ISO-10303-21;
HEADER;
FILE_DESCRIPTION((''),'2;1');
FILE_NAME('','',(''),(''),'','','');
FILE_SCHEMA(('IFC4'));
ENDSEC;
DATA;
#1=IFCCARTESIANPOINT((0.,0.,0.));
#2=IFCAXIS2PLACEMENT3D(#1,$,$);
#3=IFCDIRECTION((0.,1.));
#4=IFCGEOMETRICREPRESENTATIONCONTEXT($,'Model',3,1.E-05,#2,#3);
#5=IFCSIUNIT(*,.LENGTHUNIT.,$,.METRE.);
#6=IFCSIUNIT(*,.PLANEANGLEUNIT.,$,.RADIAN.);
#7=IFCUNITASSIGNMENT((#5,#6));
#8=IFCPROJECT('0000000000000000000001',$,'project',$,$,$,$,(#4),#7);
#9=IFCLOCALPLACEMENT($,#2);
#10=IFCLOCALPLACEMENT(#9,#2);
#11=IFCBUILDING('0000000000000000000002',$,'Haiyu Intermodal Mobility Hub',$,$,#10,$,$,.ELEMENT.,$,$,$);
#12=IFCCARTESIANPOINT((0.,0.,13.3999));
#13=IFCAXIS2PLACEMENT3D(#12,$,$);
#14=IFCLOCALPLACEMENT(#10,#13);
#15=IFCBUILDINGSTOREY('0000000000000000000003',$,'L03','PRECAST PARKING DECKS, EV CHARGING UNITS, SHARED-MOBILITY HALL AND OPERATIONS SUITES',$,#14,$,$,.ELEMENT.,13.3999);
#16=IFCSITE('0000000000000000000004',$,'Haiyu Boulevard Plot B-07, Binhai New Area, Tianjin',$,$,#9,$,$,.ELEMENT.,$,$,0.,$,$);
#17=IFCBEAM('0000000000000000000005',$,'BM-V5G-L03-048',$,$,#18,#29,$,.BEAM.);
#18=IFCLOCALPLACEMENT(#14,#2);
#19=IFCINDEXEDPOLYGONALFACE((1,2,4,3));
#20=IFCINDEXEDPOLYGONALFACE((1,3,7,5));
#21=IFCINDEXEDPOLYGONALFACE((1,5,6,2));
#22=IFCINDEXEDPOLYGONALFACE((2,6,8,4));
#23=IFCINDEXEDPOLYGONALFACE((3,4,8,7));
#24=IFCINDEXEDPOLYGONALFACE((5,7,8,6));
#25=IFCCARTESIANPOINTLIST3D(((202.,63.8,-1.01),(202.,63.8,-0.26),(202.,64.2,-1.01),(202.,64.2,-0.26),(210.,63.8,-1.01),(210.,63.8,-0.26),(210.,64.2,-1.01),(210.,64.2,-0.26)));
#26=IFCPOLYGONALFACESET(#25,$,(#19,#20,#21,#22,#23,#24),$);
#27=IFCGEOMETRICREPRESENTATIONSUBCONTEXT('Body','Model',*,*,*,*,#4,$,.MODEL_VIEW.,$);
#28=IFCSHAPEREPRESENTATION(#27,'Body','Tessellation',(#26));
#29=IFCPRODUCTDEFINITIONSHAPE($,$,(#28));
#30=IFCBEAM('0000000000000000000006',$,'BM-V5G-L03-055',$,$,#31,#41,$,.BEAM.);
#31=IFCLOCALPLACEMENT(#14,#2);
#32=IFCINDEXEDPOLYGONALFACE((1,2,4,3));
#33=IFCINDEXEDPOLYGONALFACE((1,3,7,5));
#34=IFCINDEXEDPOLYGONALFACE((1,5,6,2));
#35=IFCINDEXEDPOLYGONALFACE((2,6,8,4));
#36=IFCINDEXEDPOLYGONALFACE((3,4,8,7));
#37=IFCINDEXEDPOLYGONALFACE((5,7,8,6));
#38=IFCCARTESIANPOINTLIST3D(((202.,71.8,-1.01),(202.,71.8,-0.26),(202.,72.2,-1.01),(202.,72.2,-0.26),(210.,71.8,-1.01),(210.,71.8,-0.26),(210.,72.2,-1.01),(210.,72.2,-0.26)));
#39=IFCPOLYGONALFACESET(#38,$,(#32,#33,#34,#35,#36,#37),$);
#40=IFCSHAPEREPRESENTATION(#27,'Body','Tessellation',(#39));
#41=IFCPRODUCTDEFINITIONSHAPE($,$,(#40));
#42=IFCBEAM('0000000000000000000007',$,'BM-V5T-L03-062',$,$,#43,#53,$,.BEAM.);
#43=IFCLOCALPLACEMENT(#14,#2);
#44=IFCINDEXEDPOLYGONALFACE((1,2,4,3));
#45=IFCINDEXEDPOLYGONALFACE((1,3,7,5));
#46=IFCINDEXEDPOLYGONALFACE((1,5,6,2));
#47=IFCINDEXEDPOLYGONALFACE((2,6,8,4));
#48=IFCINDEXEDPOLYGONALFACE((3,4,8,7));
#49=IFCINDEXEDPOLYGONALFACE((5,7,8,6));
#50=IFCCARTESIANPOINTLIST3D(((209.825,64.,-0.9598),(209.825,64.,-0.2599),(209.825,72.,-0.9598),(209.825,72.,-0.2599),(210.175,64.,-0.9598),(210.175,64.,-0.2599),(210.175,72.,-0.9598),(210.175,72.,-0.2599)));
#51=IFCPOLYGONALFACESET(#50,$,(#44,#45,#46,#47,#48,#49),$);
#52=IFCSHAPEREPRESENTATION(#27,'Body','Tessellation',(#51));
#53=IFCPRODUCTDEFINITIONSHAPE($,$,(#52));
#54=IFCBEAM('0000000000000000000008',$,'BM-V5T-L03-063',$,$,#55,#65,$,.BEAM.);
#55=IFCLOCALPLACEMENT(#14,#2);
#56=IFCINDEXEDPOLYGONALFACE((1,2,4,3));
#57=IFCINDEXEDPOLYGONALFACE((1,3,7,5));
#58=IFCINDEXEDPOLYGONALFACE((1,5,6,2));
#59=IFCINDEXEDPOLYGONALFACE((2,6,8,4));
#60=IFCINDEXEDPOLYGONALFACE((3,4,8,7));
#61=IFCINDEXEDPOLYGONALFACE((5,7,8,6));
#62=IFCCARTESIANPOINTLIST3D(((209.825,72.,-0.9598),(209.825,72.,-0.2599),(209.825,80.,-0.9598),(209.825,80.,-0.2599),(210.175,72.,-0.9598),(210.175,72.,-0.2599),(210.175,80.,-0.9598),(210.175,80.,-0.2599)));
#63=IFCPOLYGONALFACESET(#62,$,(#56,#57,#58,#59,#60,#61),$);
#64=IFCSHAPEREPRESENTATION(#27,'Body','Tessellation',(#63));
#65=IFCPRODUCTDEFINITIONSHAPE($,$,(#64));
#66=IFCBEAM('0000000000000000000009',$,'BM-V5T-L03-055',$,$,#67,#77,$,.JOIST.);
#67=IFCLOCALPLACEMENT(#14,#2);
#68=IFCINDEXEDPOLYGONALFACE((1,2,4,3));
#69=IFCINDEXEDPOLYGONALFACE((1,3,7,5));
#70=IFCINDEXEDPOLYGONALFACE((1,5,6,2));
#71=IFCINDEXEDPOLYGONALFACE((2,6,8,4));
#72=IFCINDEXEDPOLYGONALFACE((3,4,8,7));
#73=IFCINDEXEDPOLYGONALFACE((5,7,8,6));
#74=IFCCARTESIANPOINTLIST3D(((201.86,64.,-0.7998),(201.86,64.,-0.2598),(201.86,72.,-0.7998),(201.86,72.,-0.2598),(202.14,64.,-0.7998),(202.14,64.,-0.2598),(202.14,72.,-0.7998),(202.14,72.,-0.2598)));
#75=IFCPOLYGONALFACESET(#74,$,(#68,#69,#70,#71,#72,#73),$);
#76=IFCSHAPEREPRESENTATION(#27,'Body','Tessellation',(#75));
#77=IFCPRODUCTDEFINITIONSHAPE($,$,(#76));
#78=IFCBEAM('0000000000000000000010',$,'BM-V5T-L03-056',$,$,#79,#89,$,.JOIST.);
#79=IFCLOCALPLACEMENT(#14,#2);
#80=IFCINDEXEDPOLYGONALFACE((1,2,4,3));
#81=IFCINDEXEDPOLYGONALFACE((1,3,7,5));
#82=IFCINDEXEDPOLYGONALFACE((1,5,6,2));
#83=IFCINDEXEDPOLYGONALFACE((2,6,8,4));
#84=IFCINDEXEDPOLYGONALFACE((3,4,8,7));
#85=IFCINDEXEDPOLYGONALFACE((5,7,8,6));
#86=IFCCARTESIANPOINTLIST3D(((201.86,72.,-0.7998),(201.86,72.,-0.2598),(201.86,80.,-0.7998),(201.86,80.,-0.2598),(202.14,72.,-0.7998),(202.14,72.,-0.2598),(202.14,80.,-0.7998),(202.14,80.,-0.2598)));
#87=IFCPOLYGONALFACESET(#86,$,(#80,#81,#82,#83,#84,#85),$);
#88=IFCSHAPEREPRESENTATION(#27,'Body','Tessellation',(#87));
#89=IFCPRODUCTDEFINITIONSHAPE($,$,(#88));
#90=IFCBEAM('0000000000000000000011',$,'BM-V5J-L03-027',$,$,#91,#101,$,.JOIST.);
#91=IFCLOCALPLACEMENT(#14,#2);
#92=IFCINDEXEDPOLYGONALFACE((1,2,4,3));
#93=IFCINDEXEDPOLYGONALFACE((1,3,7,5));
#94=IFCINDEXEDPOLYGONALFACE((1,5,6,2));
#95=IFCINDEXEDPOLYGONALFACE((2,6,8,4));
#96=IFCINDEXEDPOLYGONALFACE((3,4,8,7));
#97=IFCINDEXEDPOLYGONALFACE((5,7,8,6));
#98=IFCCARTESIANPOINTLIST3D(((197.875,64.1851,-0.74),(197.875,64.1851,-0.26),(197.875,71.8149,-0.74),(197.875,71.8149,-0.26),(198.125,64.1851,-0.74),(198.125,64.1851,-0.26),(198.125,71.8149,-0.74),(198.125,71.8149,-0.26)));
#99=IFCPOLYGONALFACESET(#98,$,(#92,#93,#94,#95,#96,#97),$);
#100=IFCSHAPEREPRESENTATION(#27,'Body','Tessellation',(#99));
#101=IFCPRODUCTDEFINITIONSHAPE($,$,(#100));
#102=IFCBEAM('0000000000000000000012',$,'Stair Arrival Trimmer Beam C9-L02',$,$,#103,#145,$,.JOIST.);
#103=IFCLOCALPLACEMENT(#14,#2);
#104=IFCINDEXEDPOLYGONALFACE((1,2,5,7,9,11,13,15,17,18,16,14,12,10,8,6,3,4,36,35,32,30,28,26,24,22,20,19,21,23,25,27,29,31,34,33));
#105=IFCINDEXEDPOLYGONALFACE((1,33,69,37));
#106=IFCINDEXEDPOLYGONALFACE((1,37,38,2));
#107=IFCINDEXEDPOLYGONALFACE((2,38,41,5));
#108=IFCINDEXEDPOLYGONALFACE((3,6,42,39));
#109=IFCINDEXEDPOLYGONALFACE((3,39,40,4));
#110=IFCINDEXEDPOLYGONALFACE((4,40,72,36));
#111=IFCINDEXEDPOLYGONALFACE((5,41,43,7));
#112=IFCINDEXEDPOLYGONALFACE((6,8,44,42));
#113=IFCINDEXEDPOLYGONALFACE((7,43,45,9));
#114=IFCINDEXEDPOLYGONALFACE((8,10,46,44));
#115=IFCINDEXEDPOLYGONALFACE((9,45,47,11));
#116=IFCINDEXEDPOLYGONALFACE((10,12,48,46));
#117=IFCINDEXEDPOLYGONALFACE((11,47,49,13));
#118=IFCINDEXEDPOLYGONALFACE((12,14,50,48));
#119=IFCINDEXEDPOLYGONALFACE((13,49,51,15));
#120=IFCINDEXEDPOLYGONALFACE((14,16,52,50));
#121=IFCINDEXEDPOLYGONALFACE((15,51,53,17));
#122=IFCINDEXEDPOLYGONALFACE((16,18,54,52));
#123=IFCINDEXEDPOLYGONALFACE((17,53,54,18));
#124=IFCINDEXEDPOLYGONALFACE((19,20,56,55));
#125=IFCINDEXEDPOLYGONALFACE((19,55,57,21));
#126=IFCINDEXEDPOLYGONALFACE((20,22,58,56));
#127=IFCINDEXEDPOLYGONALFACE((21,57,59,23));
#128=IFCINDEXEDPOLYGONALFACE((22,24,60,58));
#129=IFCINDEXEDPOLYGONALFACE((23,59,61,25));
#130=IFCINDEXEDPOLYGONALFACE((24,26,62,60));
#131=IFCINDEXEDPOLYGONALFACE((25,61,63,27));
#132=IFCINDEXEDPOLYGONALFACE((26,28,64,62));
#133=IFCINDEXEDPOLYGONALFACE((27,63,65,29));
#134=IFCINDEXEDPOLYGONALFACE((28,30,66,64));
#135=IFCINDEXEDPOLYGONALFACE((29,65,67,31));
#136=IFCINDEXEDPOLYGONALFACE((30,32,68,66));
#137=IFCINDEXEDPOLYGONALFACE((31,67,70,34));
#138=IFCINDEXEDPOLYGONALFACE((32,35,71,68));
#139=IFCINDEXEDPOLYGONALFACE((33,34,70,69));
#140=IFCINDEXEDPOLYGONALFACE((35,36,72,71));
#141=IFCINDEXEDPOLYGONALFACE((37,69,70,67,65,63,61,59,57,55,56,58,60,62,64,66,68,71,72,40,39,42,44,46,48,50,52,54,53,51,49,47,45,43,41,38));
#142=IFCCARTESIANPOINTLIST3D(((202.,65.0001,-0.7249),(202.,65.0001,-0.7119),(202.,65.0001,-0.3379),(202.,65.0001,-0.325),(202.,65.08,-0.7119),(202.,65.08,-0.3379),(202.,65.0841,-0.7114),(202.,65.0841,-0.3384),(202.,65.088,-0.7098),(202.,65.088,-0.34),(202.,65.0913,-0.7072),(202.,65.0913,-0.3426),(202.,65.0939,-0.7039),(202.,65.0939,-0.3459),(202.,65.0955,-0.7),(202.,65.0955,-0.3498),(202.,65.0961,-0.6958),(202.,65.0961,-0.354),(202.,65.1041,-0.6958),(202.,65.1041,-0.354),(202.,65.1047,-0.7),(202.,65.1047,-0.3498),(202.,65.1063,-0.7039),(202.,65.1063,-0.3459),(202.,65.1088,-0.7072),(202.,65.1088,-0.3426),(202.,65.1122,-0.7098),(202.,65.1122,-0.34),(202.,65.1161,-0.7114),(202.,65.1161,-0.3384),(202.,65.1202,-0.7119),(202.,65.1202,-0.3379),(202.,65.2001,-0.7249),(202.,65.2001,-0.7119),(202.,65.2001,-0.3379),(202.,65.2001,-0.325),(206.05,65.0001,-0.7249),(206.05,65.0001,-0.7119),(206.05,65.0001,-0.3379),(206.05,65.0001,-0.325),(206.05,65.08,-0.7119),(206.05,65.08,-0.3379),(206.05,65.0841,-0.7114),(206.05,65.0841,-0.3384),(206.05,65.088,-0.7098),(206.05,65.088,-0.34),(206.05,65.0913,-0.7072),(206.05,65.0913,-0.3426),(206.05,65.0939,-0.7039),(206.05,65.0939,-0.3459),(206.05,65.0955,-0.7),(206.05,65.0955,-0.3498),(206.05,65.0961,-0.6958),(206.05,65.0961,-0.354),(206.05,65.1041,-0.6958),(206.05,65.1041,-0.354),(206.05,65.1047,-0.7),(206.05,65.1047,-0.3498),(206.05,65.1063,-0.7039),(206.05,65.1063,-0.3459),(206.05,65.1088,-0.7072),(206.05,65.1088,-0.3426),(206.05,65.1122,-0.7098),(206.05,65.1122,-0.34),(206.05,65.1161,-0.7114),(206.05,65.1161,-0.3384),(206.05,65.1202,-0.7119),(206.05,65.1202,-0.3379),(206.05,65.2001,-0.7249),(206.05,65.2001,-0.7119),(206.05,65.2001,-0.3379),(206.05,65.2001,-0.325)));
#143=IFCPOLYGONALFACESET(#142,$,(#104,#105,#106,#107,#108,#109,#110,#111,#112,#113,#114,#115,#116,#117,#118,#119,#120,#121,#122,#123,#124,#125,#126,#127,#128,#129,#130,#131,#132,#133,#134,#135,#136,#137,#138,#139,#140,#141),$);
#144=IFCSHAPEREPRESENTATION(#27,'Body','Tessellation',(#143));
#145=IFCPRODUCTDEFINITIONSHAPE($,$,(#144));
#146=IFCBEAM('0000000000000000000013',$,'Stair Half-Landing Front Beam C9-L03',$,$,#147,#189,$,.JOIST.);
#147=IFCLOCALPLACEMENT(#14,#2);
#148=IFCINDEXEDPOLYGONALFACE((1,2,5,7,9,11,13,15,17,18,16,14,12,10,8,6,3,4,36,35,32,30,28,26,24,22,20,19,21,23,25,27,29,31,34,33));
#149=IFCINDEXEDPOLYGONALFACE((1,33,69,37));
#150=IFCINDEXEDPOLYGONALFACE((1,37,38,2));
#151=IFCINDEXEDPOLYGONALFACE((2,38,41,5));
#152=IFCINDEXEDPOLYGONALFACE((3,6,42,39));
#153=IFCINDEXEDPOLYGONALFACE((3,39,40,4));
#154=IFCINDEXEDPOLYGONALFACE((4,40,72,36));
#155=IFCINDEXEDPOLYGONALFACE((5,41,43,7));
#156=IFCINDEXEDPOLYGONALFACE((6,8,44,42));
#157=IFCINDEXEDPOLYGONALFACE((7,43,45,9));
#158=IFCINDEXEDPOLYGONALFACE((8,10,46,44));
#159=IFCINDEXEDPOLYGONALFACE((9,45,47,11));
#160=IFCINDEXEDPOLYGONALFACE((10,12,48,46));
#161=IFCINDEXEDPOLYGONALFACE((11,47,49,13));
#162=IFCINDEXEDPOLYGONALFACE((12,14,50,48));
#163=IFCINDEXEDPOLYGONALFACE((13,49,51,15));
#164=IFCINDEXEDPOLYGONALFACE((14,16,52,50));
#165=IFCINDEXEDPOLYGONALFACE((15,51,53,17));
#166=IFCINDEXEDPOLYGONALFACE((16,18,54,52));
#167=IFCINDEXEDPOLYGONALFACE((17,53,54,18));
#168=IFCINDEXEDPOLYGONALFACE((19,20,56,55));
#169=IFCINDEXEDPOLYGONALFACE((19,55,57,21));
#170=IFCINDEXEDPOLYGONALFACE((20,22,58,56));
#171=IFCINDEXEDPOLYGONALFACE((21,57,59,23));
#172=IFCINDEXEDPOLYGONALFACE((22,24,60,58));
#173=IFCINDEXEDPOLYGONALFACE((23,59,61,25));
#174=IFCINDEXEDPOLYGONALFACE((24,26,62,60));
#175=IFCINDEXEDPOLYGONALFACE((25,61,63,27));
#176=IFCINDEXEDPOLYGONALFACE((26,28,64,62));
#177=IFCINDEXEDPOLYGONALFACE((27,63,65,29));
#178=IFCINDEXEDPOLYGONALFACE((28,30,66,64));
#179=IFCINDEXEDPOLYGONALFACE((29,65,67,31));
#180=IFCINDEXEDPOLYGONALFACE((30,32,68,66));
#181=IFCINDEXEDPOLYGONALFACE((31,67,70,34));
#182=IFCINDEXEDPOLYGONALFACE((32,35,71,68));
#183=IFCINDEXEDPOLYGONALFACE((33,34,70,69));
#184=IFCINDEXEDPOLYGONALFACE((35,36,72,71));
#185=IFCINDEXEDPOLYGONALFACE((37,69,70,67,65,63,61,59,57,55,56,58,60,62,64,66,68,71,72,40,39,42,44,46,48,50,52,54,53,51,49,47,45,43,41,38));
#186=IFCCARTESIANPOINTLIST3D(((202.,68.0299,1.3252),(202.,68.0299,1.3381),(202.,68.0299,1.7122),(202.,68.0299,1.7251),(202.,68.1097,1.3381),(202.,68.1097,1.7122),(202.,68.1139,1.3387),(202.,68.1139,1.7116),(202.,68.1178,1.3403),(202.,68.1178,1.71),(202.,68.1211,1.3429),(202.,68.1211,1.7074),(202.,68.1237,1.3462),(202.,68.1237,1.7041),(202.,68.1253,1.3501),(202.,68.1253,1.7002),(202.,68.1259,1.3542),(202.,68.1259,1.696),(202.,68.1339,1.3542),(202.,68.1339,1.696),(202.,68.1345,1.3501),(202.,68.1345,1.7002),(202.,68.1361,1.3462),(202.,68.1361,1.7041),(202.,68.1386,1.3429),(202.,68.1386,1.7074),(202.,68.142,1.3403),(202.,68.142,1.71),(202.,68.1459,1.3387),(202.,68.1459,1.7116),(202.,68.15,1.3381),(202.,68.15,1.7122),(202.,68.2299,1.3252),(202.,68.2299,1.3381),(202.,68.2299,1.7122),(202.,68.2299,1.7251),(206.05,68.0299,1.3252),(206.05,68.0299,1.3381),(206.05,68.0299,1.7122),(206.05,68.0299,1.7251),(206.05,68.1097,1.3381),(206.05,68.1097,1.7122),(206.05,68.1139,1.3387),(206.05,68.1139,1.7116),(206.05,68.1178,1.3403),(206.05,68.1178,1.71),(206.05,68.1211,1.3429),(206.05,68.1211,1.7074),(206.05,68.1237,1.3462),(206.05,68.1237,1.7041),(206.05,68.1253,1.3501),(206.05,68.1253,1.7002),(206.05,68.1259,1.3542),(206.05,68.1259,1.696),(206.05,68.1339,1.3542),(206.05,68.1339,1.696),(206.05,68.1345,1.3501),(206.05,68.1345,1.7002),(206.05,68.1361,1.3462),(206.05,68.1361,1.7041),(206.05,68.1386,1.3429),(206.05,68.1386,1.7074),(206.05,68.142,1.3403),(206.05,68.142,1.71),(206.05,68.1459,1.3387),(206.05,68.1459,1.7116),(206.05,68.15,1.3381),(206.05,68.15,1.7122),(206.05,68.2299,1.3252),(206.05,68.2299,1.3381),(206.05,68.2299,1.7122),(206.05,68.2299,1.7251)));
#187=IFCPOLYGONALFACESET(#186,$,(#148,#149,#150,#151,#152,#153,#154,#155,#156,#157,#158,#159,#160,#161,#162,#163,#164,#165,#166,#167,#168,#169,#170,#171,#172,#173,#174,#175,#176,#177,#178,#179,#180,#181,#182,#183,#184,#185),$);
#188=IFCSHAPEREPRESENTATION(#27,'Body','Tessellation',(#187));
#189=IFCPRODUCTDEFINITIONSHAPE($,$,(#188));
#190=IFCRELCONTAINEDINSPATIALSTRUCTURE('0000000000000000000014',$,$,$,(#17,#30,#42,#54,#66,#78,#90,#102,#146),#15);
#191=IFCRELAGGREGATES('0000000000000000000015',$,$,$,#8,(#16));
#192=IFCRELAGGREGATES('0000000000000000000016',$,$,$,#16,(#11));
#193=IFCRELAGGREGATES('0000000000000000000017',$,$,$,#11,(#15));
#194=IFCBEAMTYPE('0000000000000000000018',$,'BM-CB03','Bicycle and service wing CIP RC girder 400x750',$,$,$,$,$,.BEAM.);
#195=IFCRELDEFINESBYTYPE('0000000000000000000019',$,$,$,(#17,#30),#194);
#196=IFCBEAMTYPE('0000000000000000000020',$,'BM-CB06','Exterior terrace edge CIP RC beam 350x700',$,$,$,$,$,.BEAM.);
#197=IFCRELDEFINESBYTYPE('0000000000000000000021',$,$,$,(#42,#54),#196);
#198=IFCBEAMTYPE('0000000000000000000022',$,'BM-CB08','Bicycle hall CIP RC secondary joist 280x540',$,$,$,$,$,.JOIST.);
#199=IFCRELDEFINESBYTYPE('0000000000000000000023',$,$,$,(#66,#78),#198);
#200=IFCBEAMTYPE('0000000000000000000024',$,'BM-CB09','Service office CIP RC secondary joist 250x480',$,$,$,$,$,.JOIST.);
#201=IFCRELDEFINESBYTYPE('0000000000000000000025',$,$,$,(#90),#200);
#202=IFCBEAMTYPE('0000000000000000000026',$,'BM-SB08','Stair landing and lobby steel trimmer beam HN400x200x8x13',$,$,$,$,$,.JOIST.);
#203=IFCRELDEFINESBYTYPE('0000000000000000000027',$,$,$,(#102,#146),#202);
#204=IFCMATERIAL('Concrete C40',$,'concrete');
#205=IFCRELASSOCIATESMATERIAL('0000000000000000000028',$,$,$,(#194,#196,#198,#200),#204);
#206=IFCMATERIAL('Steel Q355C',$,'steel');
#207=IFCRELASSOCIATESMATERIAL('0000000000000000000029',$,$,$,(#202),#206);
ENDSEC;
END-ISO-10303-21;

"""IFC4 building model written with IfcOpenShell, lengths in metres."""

from ifc_helpers import new_model, si_unit, direction, frame, origin, origin_2d, place, context, subcontext, project, spatial, rectangle, i_section, extrude, material, material_profile, profile_set, type_object, element, save


model = new_model("IFC4")

# Units and contexts
model_context = context("Model", 3, precision=1e-05, world=origin(), true_north=direction((0.0, 1.0)))
body_context = subcontext(model_context, "Body", "Model", "MODEL_VIEW")
ifc_project = project(units=[si_unit("LENGTHUNIT", "METRE"), si_unit("PLANEANGLEUNIT", "RADIAN")], contexts=[model_context])

# Site, building, storey
site_placement = place(None, origin())
site = spatial("IfcSite", under=ifc_project, at=site_placement, Name="Haiyu Boulevard Plot B-07, Binhai New Area, Tianjin", CompositionType="ELEMENT", RefElevation=0.0)
building_placement = place(site_placement, origin())
building = spatial("IfcBuilding", under=site, at=building_placement, Name="Haiyu Intermodal Mobility Hub", CompositionType="ELEMENT")
storey_placement = place(building_placement, frame((0.0, 0.0, 13.3999)))
storey = spatial("IfcBuildingStorey", under=building, at=storey_placement, Name="L03", Description="PRECAST PARKING DECKS, EV CHARGING UNITS, SHARED-MOBILITY HALL AND OPERATIONS SUITES", CompositionType="ELEMENT", Elevation=13.3999)

# Beams
ifc_material_1 = material(Name="Concrete C40", Category="concrete")
ifc_material_profile_1 = material_profile(ifc_material_1, rectangle(XDim=0.3999, YDim=0.75, at=origin_2d()), Name="RCB400x750")
ifc_profile_set_1 = profile_set([ifc_material_profile_1], Name="Concrete C40")
beam_type_1 = type_object("IfcBeamType", Name="BM-CB03", Description="Bicycle and service wing CIP RC girder 400x750", PredefinedType="BEAM", material=ifc_profile_set_1)
for number, where, z_axis, x_axis, name in (
    (1, (202.0, 64.0, -0.635), (1.0, 0.0, 0.0), (0.0, 1.0, 0.0), "BM-V5G-L03-048"),
    (2, (202.0, 72.0, -0.635), (1.0, 0.0, 0.0), (0.0, 1.0, 0.0), "BM-V5G-L03-055"),
):
    element("IfcBeam", number, at=place(storey_placement, frame(where, z_axis=z_axis, x_axis=x_axis)), inside=storey, type_object=beam_type_1, Name=name, PredefinedType="BEAM", context=body_context, shape_type="SweptSolid", body=[
        extrude(rectangle(XDim=0.3999, YDim=0.75, at=origin_2d()), origin(), (0.0, 0.0, 1.0), 8.0),
    ])
ifc_material_profile_2 = material_profile(ifc_material_1, rectangle(XDim=0.3501, YDim=0.7, at=origin_2d()), Name="RCB350x700")
ifc_profile_set_2 = profile_set([ifc_material_profile_2], Name="Concrete C40")
beam_type_2 = type_object("IfcBeamType", Name="BM-CB06", Description="Exterior terrace edge CIP RC beam 350x700", PredefinedType="BEAM", material=ifc_profile_set_2)
for number, where, z_axis, x_axis, name in (
    (3, (210.0, 64.0, -0.6099), (0.0, 1.0, 0.0), (-1.0, 0.0, 0.0), "BM-V5T-L03-062"),
    (4, (210.0, 72.0, -0.6099), (0.0, 1.0, 0.0), (-1.0, 0.0, 0.0), "BM-V5T-L03-063"),
):
    element("IfcBeam", number, at=place(storey_placement, frame(where, z_axis=z_axis, x_axis=x_axis)), inside=storey, type_object=beam_type_2, Name=name, PredefinedType="BEAM", context=body_context, shape_type="SweptSolid", body=[
        extrude(rectangle(XDim=0.3501, YDim=0.7, at=origin_2d()), origin(), (0.0, 0.0, 1.0), 8.0),
    ])
ifc_material_profile_3 = material_profile(ifc_material_1, rectangle(XDim=0.28, YDim=0.54, at=origin_2d()), Name="RCB280x540")
ifc_profile_set_3 = profile_set([ifc_material_profile_3], Name="Concrete C40")
beam_type_3 = type_object("IfcBeamType", Name="BM-CB08", Description="Bicycle hall CIP RC secondary joist 280x540", PredefinedType="JOIST", material=ifc_profile_set_3)
for number, where, z_axis, x_axis, name in (
    (5, (202.0, 64.0, -0.5298), (0.0, 1.0, 0.0), (-1.0, 0.0, 0.0), "BM-V5T-L03-055"),
    (6, (202.0, 72.0, -0.5298), (0.0, 1.0, 0.0), (-1.0, 0.0, 0.0), "BM-V5T-L03-056"),
):
    element("IfcBeam", number, at=place(storey_placement, frame(where, z_axis=z_axis, x_axis=x_axis)), inside=storey, type_object=beam_type_3, Name=name, PredefinedType="JOIST", context=body_context, shape_type="SweptSolid", body=[
        extrude(rectangle(XDim=0.28, YDim=0.54, at=origin_2d()), origin(), (0.0, 0.0, 1.0), 8.0),
    ])
ifc_material_profile_4 = material_profile(ifc_material_1, rectangle(XDim=0.25, YDim=0.48, at=origin_2d()), Name="RCB250x480")
ifc_profile_set_4 = profile_set([ifc_material_profile_4], Name="Concrete C40")
beam_type_4 = type_object("IfcBeamType", Name="BM-CB09", Description="Service office CIP RC secondary joist 250x480", PredefinedType="JOIST", material=ifc_profile_set_4)
beam_placement = place(storey_placement, frame((198.0, 64.1851, -0.5), z_axis=(0.0, 1.0, 0.0), x_axis=(-1.0, 0.0, 0.0)))
element("IfcBeam", 7, at=beam_placement, inside=storey, type_object=beam_type_4, Name="BM-V5J-L03-027", PredefinedType="JOIST", context=body_context, shape_type="SweptSolid", body=[
    extrude(rectangle(XDim=0.25, YDim=0.48, at=origin_2d()), origin(), (0.0, 0.0, 1.0), 7.6299),
])
ifc_material_2 = material(Name="Steel Q355C", Category="steel")
ifc_material_profile_5 = material_profile(ifc_material_2, i_section(OverallWidth=0.2, OverallDepth=0.3999, WebThickness=0.0081, FlangeThickness=0.0129, FilletRadius=0.0161, at=origin_2d()), Name="HN400x200x8x13")
ifc_profile_set_5 = profile_set([ifc_material_profile_5], Name="Steel Q355C")
beam_type_5 = type_object("IfcBeamType", Name="BM-SB08", Description="Stair landing and lobby steel trimmer beam HN400x200x8x13", PredefinedType="JOIST", material=ifc_profile_set_5)
for number, where, z_axis, x_axis, name in (
    (8, (202.0, 65.1001, -0.5249), (1.0, 0.0, 0.0), (0.0, 1.0, 0.0), "Stair Arrival Trimmer Beam C9-L02"),
    (9, (202.0, 68.1299, 1.5251), (1.0, 0.0, 0.0), (0.0, 1.0, 0.0), "Stair Half-Landing Front Beam C9-L03"),
):
    element("IfcBeam", number, at=place(storey_placement, frame(where, z_axis=z_axis, x_axis=x_axis)), inside=storey, type_object=beam_type_5, Name=name, PredefinedType="JOIST", context=body_context, shape_type="SweptSolid", body=[
        extrude(i_section(OverallWidth=0.2, OverallDepth=0.3999, WebThickness=0.0081, FlangeThickness=0.0129, FilletRadius=0.0161, at=origin_2d()), origin(), (0.0, 0.0, 1.0), 4.05),
    ])

save(model, "model.ifc")
